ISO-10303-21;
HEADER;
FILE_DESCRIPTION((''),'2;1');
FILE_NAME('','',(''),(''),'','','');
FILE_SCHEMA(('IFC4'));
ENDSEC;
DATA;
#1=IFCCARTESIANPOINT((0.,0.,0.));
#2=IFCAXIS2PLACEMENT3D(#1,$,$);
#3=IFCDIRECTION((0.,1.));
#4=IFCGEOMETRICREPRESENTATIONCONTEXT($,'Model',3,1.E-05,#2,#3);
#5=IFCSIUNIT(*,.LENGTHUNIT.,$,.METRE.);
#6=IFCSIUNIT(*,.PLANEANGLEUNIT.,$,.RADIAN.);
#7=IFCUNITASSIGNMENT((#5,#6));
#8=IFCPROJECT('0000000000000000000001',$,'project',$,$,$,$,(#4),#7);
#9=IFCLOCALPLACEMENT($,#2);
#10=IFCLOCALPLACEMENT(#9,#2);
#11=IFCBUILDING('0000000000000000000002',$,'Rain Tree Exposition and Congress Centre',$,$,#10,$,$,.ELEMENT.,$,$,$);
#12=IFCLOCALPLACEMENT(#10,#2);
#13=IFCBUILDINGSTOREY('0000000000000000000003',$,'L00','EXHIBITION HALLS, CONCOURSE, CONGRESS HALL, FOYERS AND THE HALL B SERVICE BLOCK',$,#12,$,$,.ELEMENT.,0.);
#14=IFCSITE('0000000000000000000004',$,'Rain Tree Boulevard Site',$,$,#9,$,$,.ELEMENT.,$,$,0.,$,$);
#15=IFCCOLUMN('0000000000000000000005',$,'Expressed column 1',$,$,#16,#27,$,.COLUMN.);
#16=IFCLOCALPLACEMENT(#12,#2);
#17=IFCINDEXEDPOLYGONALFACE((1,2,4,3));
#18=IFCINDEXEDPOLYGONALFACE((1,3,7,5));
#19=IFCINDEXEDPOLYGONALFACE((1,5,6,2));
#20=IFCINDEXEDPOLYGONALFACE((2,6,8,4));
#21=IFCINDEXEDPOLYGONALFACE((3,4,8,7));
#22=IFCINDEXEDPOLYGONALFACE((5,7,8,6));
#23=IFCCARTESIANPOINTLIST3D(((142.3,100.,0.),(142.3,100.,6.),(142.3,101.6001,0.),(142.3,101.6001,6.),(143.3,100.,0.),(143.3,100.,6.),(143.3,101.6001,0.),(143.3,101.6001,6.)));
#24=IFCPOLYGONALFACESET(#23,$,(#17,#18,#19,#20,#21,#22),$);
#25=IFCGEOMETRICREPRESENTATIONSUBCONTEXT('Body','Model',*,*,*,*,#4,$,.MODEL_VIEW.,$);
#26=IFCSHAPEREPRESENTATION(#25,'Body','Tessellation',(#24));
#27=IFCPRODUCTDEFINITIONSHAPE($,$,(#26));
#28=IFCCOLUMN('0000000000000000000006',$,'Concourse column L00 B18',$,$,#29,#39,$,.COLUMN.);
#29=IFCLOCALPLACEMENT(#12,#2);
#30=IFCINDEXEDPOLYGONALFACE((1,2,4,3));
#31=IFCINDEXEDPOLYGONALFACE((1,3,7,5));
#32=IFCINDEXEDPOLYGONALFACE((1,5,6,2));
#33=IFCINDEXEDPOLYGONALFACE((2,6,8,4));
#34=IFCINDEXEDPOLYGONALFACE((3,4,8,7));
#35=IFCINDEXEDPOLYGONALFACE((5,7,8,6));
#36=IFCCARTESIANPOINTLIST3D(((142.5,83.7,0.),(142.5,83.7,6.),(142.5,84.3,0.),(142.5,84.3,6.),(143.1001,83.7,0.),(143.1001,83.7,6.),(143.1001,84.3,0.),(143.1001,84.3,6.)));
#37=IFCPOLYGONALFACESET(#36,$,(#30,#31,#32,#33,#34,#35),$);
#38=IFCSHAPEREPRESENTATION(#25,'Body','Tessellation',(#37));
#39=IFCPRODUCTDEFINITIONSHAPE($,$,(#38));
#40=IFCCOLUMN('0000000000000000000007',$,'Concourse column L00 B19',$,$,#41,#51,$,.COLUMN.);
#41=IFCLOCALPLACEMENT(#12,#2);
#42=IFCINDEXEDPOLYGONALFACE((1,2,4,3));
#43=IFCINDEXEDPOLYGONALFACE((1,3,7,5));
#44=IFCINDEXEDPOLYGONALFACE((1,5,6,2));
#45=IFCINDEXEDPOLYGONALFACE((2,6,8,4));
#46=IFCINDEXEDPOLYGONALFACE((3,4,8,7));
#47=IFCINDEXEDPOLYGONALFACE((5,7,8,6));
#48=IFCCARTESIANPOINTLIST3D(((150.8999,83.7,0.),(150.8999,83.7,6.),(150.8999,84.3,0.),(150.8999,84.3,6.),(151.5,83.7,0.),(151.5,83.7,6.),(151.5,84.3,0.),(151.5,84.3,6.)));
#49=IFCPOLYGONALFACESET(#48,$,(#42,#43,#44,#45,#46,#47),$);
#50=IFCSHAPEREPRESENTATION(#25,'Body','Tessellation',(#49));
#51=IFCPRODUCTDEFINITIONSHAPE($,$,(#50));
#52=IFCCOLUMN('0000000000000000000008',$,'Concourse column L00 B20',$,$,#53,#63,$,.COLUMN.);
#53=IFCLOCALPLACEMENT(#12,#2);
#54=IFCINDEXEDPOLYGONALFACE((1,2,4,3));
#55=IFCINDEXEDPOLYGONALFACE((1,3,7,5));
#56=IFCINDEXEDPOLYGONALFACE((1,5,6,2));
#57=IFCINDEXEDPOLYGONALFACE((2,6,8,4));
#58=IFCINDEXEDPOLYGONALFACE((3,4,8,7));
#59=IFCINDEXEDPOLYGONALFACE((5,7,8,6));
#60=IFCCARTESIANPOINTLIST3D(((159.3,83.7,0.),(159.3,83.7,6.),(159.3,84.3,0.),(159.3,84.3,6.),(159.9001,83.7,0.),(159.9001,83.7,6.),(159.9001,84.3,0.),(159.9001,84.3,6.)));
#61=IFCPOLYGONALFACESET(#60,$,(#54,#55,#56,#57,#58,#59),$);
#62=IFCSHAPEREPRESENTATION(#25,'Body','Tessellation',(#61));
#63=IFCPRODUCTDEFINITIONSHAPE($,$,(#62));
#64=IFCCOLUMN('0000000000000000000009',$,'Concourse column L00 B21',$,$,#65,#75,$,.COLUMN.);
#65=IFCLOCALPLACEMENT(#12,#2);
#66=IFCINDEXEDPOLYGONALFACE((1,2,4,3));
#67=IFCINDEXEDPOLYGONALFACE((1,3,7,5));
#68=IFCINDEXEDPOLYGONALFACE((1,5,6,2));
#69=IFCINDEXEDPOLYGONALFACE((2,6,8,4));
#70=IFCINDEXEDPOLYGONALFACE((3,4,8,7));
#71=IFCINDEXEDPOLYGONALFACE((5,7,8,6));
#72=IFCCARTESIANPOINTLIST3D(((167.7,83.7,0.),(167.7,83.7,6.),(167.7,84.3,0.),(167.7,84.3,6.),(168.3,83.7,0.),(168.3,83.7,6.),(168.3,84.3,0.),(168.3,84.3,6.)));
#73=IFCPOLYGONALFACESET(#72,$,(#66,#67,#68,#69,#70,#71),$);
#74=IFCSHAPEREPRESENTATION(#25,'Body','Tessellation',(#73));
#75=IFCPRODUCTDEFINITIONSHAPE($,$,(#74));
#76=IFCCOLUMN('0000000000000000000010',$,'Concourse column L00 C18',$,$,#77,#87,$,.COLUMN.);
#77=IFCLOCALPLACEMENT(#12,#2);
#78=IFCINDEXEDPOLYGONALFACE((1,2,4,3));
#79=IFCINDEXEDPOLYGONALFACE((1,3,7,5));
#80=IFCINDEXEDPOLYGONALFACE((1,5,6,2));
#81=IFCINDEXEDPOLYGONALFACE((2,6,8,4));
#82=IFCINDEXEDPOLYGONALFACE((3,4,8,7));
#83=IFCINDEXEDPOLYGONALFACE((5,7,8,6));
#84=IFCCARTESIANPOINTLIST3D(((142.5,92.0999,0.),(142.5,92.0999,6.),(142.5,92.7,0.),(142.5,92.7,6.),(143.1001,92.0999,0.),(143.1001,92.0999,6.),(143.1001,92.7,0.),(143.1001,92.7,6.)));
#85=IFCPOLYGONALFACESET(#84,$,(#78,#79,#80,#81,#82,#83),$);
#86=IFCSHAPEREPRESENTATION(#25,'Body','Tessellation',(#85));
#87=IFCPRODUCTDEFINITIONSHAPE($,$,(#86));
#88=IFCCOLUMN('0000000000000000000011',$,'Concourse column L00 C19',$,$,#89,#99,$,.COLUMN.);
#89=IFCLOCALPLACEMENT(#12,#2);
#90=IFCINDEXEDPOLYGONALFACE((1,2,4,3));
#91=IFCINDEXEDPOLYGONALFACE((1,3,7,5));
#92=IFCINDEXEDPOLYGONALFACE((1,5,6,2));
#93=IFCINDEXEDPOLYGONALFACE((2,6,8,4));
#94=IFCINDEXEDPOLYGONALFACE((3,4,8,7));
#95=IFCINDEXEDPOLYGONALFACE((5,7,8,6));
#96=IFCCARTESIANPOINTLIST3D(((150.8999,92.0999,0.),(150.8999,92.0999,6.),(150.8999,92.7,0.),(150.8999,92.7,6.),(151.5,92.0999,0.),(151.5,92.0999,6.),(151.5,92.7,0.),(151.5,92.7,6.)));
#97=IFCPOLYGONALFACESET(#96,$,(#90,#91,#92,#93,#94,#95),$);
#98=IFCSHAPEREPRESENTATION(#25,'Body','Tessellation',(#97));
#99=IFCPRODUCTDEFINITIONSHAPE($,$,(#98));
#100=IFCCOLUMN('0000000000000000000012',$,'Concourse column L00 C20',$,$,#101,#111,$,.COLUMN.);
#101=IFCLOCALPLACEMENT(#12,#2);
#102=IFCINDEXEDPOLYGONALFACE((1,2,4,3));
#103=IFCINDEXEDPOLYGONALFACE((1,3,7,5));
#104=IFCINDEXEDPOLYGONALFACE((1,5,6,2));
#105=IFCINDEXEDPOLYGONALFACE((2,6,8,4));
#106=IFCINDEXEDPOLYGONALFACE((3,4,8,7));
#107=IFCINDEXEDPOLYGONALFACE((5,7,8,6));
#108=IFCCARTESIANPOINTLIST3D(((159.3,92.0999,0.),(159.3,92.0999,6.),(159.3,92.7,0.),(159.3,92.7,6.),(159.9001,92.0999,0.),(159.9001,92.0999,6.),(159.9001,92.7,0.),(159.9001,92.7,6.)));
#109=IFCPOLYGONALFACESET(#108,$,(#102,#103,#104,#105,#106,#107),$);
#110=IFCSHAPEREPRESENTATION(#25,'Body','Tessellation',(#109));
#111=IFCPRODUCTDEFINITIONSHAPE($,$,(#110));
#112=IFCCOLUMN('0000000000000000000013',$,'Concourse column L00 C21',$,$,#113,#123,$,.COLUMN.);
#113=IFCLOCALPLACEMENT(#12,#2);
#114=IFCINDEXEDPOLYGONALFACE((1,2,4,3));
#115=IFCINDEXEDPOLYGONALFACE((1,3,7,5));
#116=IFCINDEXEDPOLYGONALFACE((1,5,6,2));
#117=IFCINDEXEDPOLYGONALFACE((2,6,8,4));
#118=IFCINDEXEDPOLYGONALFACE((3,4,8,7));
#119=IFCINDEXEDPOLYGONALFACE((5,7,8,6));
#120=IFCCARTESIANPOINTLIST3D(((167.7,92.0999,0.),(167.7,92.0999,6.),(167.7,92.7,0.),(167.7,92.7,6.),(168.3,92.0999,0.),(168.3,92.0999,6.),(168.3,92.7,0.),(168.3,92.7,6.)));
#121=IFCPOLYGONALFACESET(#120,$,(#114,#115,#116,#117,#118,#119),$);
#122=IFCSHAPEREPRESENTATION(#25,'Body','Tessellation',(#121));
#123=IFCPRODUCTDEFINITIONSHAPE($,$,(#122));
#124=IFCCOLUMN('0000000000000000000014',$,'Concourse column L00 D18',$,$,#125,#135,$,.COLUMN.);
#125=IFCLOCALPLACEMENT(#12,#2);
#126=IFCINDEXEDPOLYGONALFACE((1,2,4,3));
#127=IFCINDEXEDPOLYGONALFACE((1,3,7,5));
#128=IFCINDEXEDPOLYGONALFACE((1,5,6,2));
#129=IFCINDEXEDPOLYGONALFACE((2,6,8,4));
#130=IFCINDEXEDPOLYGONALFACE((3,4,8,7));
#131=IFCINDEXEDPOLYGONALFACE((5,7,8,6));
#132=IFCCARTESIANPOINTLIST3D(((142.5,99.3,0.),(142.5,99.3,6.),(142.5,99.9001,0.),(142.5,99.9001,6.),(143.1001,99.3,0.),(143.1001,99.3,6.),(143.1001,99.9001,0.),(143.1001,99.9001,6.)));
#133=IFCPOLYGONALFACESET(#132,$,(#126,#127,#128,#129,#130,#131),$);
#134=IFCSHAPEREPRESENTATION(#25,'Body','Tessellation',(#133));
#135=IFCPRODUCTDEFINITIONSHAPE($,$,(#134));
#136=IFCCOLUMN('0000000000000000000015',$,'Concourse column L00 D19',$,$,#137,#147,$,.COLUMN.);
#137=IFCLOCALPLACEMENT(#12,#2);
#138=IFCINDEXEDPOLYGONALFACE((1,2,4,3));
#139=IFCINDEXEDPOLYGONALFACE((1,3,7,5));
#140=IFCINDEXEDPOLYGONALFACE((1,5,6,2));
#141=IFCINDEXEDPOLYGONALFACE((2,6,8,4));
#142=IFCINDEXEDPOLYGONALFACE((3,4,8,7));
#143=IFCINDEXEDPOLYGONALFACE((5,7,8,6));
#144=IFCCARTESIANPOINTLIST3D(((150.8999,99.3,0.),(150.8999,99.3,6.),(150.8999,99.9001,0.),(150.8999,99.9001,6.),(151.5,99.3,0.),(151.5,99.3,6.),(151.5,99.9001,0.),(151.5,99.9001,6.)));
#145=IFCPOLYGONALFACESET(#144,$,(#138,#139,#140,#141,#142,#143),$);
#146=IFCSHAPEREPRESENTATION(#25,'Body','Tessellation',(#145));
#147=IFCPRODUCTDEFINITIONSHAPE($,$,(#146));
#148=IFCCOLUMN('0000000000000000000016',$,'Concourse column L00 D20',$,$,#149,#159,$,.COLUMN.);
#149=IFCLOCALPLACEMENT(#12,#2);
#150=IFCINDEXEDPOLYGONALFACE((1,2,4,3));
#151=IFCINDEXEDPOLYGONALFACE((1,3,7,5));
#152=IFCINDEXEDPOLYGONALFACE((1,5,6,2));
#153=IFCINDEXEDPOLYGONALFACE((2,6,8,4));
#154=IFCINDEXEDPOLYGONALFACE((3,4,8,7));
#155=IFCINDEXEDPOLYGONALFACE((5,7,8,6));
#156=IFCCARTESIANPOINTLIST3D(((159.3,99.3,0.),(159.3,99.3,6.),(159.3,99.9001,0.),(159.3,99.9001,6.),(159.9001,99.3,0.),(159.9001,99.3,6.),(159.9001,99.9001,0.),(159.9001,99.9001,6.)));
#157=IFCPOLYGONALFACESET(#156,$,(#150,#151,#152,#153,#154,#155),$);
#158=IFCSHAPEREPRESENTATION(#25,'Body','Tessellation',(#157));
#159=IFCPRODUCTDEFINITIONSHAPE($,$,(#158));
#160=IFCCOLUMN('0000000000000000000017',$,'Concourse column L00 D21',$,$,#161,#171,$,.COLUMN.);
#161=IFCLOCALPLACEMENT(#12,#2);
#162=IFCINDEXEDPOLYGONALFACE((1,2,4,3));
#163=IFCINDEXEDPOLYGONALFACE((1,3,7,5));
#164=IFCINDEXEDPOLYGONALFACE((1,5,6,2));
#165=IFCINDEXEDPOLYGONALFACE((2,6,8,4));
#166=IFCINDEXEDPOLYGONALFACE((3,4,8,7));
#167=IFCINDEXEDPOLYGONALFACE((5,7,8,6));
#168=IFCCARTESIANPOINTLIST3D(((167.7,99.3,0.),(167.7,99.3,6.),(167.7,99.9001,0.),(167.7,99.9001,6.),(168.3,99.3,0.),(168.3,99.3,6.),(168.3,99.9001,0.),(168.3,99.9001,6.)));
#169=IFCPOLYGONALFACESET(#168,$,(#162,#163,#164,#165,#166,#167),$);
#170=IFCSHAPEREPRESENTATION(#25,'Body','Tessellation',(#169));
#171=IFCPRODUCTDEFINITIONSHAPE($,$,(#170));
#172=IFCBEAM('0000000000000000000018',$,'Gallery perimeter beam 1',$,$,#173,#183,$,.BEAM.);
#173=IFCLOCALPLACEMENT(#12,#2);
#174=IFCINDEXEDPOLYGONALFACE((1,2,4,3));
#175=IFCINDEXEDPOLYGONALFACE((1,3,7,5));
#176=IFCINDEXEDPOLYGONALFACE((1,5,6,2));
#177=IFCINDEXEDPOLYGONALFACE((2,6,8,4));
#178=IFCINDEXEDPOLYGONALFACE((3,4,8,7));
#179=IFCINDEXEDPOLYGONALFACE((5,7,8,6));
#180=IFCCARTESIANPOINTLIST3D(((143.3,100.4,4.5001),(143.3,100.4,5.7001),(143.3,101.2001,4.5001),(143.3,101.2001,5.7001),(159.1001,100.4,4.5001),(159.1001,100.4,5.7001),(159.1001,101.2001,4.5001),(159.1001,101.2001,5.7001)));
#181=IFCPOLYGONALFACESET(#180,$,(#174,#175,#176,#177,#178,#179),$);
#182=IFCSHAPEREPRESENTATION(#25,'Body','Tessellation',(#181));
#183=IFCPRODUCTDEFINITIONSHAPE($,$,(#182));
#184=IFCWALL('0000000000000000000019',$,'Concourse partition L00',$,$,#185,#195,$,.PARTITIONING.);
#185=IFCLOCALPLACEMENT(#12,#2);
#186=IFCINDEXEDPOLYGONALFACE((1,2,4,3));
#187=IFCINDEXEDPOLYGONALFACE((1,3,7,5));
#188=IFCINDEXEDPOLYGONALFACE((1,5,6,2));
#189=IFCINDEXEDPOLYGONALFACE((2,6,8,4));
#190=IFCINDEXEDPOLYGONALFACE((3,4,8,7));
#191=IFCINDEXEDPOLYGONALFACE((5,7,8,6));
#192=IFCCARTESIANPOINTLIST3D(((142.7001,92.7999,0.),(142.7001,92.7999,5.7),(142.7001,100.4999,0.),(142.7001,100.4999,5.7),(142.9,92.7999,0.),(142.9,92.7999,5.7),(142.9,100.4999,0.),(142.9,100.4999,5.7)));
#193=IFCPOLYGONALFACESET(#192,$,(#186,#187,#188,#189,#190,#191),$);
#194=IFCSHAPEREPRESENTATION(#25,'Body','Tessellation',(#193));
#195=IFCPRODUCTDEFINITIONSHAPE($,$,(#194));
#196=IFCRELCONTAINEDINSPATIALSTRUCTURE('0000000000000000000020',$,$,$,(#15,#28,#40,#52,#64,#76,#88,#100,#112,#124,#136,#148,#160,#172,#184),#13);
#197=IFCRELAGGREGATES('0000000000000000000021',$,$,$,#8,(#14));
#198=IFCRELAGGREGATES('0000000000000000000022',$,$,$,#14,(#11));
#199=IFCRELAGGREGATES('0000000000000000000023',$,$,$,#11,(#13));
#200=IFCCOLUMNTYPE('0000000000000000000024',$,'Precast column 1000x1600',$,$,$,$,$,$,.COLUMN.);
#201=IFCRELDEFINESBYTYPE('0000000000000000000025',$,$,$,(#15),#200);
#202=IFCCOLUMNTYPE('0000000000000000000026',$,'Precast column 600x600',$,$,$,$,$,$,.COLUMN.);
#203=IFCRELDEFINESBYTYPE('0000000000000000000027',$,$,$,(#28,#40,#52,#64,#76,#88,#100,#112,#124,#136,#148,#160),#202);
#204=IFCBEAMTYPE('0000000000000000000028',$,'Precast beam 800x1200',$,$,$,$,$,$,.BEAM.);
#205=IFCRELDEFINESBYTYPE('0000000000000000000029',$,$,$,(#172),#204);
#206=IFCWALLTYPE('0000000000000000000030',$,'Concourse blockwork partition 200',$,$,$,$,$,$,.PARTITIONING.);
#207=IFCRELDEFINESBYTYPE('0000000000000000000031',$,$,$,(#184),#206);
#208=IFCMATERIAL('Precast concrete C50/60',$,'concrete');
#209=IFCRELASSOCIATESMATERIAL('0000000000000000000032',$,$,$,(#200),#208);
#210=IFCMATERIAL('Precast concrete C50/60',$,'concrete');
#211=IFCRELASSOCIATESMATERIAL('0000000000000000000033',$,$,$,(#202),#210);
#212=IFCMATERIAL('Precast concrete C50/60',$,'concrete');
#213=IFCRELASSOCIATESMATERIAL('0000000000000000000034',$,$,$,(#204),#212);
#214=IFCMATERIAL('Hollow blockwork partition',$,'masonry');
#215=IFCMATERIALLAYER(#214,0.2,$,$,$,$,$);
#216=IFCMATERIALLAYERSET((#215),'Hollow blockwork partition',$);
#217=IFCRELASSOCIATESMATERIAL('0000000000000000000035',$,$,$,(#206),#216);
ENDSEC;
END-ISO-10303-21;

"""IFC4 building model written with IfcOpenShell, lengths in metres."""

from ifc_helpers import new_model, si_unit, direction, frame, frame_2d, origin, origin_2d, place, context, subcontext, project, spatial, rectangle, extrude, material, layer, layer_set, material_profile, profile_set, type_object, element, save


model = new_model("IFC4")

# Units and contexts
model_context = context("Model", 3, precision=1e-05, world=origin(), true_north=direction((0.0, 1.0)))
body_context = subcontext(model_context, "Body", "Model", "MODEL_VIEW")
ifc_project = project(units=[si_unit("LENGTHUNIT", "METRE"), si_unit("PLANEANGLEUNIT", "RADIAN")], contexts=[model_context])

# Site, building, storey
site_placement = place(None, origin())
site = spatial("IfcSite", under=ifc_project, at=site_placement, Name="Rain Tree Boulevard Site", CompositionType="ELEMENT", RefElevation=0.0)
building_placement = place(site_placement, origin())
building = spatial("IfcBuilding", under=site, at=building_placement, Name="Rain Tree Exposition and Congress Centre", CompositionType="ELEMENT")
storey_placement = place(building_placement, origin())
storey = spatial("IfcBuildingStorey", under=building, at=storey_placement, Name="L00", Description="EXHIBITION HALLS, CONCOURSE, CONGRESS HALL, FOYERS AND THE HALL B SERVICE BLOCK", CompositionType="ELEMENT", Elevation=0.0)

# Columns
ifc_material_1 = material(Name="Precast concrete C50/60", Category="concrete")
ifc_material_profile_1 = material_profile(ifc_material_1, rectangle(XDim=1.0, YDim=1.6001, at=origin_2d()), Name="RC 1000x1600")
ifc_profile_set_1 = profile_set([ifc_material_profile_1], Name="Precast concrete C50/60")
column_type_1 = type_object("IfcColumnType", Name="Precast column 1000x1600", PredefinedType="COLUMN", material=ifc_profile_set_1)
column_placement = place(storey_placement, frame((142.8, 100.8, 0.0), z_axis=(0.0, 0.0, 1.0), x_axis=(1.0, 0.0, 0.0)))
element("IfcColumn", 1, at=column_placement, inside=storey, type_object=column_type_1, Name="Expressed column 1", PredefinedType="COLUMN", context=body_context, shape_type="SweptSolid", body=[
    extrude(rectangle(XDim=1.0, YDim=1.6001, at=origin_2d()), origin(), (0.0, 0.0, 1.0), 6.0),
])
ifc_material_2 = material(Name="Precast concrete C50/60", Category="concrete")
ifc_material_profile_2 = material_profile(ifc_material_2, rectangle(XDim=0.6001, YDim=0.6001, at=origin_2d()), Name="RC 600x600")
ifc_profile_set_2 = profile_set([ifc_material_profile_2], Name="Precast concrete C50/60")
column_type_2 = type_object("IfcColumnType", Name="Precast column 600x600", PredefinedType="COLUMN", material=ifc_profile_set_2)
for number, where, z_axis, x_axis, name in (
    (2, (142.8, 84.0, 0.0), (0.0, 0.0, 1.0), (1.0, 0.0, 0.0), "Concourse column L00 B18"),
    (3, (151.2, 84.0, 0.0), (0.0, 0.0, 1.0), (1.0, 0.0, 0.0), "Concourse column L00 B19"),
    (4, (159.6001, 84.0, 0.0), (0.0, 0.0, 1.0), (1.0, 0.0, 0.0), "Concourse column L00 B20"),
    (5, (168.0, 84.0, 0.0), (0.0, 0.0, 1.0), (1.0, 0.0, 0.0), "Concourse column L00 B21"),
    (6, (142.8, 92.3999, 0.0), (0.0, 0.0, 1.0), (1.0, 0.0, 0.0), "Concourse column L00 C18"),
    (7, (151.2, 92.3999, 0.0), (0.0, 0.0, 1.0), (1.0, 0.0, 0.0), "Concourse column L00 C19"),
    (8, (159.6001, 92.3999, 0.0), (0.0, 0.0, 1.0), (1.0, 0.0, 0.0), "Concourse column L00 C20"),
    (9, (168.0, 92.3999, 0.0), (0.0, 0.0, 1.0), (1.0, 0.0, 0.0), "Concourse column L00 C21"),
    (10, (142.8, 99.6001, 0.0), (0.0, 0.0, 1.0), (1.0, 0.0, 0.0), "Concourse column L00 D18"),
    (11, (151.2, 99.6001, 0.0), (0.0, 0.0, 1.0), (1.0, 0.0, 0.0), "Concourse column L00 D19"),
    (12, (159.6001, 99.6001, 0.0), (0.0, 0.0, 1.0), (1.0, 0.0, 0.0), "Concourse column L00 D20"),
    (13, (168.0, 99.6001, 0.0), (0.0, 0.0, 1.0), (1.0, 0.0, 0.0), "Concourse column L00 D21"),
):
    element("IfcColumn", number, at=place(storey_placement, frame(where, z_axis=z_axis, x_axis=x_axis)), inside=storey, type_object=column_type_2, Name=name, PredefinedType="COLUMN", context=body_context, shape_type="SweptSolid", body=[
        extrude(rectangle(XDim=0.6001, YDim=0.6001, at=origin_2d()), origin(), (0.0, 0.0, 1.0), 6.0),
    ])

# Beam
ifc_material_3 = material(Name="Precast concrete C50/60", Category="concrete")
ifc_material_profile_3 = material_profile(ifc_material_3, rectangle(XDim=0.8, YDim=1.2, at=origin_2d()), Name="RC 800x1200")
ifc_profile_set_3 = profile_set([ifc_material_profile_3], Name="Precast concrete C50/60")
beam_type = type_object("IfcBeamType", Name="Precast beam 800x1200", PredefinedType="BEAM", material=ifc_profile_set_3)
beam_placement = place(storey_placement, frame((143.3, 100.8, 5.1001), z_axis=(1.0, 0.0, 0.0), x_axis=(0.0, 1.0, 0.0)))
element("IfcBeam", 14, at=beam_placement, inside=storey, type_object=beam_type, Name="Gallery perimeter beam 1", PredefinedType="BEAM", context=body_context, shape_type="SweptSolid", body=[
    extrude(rectangle(XDim=0.8, YDim=1.2, at=origin_2d()), origin(), (0.0, 0.0, 1.0), 15.8),
])

# Wall
ifc_material_4 = material(Name="Hollow blockwork partition", Category="masonry")
ifc_layer_1 = layer(ifc_material_4, 0.2)
ifc_layer_set_1 = layer_set([ifc_layer_1], Name="Hollow blockwork partition")
wall_type_1 = type_object("IfcWallType", Name="Concourse blockwork partition 200", PredefinedType="PARTITIONING", material=ifc_layer_set_1)
wall_1_placement = place(storey_placement, frame((142.8, 100.5, 0.0), z_axis=(0.0, 0.0, 1.0), x_axis=(0.0, -1.0, 0.0)))
element("IfcWall", 15, at=wall_1_placement, inside=storey, type_object=wall_type_1, Name="Concourse partition L00", PredefinedType="PARTITIONING", context=body_context, shape_type="SweptSolid", body=[
    extrude(rectangle(XDim=7.7, YDim=0.2, at=frame_2d((3.8501, 0.0))), origin(), (0.0, 0.0, 1.0), 5.7),
])

save(model, "model.ifc")
